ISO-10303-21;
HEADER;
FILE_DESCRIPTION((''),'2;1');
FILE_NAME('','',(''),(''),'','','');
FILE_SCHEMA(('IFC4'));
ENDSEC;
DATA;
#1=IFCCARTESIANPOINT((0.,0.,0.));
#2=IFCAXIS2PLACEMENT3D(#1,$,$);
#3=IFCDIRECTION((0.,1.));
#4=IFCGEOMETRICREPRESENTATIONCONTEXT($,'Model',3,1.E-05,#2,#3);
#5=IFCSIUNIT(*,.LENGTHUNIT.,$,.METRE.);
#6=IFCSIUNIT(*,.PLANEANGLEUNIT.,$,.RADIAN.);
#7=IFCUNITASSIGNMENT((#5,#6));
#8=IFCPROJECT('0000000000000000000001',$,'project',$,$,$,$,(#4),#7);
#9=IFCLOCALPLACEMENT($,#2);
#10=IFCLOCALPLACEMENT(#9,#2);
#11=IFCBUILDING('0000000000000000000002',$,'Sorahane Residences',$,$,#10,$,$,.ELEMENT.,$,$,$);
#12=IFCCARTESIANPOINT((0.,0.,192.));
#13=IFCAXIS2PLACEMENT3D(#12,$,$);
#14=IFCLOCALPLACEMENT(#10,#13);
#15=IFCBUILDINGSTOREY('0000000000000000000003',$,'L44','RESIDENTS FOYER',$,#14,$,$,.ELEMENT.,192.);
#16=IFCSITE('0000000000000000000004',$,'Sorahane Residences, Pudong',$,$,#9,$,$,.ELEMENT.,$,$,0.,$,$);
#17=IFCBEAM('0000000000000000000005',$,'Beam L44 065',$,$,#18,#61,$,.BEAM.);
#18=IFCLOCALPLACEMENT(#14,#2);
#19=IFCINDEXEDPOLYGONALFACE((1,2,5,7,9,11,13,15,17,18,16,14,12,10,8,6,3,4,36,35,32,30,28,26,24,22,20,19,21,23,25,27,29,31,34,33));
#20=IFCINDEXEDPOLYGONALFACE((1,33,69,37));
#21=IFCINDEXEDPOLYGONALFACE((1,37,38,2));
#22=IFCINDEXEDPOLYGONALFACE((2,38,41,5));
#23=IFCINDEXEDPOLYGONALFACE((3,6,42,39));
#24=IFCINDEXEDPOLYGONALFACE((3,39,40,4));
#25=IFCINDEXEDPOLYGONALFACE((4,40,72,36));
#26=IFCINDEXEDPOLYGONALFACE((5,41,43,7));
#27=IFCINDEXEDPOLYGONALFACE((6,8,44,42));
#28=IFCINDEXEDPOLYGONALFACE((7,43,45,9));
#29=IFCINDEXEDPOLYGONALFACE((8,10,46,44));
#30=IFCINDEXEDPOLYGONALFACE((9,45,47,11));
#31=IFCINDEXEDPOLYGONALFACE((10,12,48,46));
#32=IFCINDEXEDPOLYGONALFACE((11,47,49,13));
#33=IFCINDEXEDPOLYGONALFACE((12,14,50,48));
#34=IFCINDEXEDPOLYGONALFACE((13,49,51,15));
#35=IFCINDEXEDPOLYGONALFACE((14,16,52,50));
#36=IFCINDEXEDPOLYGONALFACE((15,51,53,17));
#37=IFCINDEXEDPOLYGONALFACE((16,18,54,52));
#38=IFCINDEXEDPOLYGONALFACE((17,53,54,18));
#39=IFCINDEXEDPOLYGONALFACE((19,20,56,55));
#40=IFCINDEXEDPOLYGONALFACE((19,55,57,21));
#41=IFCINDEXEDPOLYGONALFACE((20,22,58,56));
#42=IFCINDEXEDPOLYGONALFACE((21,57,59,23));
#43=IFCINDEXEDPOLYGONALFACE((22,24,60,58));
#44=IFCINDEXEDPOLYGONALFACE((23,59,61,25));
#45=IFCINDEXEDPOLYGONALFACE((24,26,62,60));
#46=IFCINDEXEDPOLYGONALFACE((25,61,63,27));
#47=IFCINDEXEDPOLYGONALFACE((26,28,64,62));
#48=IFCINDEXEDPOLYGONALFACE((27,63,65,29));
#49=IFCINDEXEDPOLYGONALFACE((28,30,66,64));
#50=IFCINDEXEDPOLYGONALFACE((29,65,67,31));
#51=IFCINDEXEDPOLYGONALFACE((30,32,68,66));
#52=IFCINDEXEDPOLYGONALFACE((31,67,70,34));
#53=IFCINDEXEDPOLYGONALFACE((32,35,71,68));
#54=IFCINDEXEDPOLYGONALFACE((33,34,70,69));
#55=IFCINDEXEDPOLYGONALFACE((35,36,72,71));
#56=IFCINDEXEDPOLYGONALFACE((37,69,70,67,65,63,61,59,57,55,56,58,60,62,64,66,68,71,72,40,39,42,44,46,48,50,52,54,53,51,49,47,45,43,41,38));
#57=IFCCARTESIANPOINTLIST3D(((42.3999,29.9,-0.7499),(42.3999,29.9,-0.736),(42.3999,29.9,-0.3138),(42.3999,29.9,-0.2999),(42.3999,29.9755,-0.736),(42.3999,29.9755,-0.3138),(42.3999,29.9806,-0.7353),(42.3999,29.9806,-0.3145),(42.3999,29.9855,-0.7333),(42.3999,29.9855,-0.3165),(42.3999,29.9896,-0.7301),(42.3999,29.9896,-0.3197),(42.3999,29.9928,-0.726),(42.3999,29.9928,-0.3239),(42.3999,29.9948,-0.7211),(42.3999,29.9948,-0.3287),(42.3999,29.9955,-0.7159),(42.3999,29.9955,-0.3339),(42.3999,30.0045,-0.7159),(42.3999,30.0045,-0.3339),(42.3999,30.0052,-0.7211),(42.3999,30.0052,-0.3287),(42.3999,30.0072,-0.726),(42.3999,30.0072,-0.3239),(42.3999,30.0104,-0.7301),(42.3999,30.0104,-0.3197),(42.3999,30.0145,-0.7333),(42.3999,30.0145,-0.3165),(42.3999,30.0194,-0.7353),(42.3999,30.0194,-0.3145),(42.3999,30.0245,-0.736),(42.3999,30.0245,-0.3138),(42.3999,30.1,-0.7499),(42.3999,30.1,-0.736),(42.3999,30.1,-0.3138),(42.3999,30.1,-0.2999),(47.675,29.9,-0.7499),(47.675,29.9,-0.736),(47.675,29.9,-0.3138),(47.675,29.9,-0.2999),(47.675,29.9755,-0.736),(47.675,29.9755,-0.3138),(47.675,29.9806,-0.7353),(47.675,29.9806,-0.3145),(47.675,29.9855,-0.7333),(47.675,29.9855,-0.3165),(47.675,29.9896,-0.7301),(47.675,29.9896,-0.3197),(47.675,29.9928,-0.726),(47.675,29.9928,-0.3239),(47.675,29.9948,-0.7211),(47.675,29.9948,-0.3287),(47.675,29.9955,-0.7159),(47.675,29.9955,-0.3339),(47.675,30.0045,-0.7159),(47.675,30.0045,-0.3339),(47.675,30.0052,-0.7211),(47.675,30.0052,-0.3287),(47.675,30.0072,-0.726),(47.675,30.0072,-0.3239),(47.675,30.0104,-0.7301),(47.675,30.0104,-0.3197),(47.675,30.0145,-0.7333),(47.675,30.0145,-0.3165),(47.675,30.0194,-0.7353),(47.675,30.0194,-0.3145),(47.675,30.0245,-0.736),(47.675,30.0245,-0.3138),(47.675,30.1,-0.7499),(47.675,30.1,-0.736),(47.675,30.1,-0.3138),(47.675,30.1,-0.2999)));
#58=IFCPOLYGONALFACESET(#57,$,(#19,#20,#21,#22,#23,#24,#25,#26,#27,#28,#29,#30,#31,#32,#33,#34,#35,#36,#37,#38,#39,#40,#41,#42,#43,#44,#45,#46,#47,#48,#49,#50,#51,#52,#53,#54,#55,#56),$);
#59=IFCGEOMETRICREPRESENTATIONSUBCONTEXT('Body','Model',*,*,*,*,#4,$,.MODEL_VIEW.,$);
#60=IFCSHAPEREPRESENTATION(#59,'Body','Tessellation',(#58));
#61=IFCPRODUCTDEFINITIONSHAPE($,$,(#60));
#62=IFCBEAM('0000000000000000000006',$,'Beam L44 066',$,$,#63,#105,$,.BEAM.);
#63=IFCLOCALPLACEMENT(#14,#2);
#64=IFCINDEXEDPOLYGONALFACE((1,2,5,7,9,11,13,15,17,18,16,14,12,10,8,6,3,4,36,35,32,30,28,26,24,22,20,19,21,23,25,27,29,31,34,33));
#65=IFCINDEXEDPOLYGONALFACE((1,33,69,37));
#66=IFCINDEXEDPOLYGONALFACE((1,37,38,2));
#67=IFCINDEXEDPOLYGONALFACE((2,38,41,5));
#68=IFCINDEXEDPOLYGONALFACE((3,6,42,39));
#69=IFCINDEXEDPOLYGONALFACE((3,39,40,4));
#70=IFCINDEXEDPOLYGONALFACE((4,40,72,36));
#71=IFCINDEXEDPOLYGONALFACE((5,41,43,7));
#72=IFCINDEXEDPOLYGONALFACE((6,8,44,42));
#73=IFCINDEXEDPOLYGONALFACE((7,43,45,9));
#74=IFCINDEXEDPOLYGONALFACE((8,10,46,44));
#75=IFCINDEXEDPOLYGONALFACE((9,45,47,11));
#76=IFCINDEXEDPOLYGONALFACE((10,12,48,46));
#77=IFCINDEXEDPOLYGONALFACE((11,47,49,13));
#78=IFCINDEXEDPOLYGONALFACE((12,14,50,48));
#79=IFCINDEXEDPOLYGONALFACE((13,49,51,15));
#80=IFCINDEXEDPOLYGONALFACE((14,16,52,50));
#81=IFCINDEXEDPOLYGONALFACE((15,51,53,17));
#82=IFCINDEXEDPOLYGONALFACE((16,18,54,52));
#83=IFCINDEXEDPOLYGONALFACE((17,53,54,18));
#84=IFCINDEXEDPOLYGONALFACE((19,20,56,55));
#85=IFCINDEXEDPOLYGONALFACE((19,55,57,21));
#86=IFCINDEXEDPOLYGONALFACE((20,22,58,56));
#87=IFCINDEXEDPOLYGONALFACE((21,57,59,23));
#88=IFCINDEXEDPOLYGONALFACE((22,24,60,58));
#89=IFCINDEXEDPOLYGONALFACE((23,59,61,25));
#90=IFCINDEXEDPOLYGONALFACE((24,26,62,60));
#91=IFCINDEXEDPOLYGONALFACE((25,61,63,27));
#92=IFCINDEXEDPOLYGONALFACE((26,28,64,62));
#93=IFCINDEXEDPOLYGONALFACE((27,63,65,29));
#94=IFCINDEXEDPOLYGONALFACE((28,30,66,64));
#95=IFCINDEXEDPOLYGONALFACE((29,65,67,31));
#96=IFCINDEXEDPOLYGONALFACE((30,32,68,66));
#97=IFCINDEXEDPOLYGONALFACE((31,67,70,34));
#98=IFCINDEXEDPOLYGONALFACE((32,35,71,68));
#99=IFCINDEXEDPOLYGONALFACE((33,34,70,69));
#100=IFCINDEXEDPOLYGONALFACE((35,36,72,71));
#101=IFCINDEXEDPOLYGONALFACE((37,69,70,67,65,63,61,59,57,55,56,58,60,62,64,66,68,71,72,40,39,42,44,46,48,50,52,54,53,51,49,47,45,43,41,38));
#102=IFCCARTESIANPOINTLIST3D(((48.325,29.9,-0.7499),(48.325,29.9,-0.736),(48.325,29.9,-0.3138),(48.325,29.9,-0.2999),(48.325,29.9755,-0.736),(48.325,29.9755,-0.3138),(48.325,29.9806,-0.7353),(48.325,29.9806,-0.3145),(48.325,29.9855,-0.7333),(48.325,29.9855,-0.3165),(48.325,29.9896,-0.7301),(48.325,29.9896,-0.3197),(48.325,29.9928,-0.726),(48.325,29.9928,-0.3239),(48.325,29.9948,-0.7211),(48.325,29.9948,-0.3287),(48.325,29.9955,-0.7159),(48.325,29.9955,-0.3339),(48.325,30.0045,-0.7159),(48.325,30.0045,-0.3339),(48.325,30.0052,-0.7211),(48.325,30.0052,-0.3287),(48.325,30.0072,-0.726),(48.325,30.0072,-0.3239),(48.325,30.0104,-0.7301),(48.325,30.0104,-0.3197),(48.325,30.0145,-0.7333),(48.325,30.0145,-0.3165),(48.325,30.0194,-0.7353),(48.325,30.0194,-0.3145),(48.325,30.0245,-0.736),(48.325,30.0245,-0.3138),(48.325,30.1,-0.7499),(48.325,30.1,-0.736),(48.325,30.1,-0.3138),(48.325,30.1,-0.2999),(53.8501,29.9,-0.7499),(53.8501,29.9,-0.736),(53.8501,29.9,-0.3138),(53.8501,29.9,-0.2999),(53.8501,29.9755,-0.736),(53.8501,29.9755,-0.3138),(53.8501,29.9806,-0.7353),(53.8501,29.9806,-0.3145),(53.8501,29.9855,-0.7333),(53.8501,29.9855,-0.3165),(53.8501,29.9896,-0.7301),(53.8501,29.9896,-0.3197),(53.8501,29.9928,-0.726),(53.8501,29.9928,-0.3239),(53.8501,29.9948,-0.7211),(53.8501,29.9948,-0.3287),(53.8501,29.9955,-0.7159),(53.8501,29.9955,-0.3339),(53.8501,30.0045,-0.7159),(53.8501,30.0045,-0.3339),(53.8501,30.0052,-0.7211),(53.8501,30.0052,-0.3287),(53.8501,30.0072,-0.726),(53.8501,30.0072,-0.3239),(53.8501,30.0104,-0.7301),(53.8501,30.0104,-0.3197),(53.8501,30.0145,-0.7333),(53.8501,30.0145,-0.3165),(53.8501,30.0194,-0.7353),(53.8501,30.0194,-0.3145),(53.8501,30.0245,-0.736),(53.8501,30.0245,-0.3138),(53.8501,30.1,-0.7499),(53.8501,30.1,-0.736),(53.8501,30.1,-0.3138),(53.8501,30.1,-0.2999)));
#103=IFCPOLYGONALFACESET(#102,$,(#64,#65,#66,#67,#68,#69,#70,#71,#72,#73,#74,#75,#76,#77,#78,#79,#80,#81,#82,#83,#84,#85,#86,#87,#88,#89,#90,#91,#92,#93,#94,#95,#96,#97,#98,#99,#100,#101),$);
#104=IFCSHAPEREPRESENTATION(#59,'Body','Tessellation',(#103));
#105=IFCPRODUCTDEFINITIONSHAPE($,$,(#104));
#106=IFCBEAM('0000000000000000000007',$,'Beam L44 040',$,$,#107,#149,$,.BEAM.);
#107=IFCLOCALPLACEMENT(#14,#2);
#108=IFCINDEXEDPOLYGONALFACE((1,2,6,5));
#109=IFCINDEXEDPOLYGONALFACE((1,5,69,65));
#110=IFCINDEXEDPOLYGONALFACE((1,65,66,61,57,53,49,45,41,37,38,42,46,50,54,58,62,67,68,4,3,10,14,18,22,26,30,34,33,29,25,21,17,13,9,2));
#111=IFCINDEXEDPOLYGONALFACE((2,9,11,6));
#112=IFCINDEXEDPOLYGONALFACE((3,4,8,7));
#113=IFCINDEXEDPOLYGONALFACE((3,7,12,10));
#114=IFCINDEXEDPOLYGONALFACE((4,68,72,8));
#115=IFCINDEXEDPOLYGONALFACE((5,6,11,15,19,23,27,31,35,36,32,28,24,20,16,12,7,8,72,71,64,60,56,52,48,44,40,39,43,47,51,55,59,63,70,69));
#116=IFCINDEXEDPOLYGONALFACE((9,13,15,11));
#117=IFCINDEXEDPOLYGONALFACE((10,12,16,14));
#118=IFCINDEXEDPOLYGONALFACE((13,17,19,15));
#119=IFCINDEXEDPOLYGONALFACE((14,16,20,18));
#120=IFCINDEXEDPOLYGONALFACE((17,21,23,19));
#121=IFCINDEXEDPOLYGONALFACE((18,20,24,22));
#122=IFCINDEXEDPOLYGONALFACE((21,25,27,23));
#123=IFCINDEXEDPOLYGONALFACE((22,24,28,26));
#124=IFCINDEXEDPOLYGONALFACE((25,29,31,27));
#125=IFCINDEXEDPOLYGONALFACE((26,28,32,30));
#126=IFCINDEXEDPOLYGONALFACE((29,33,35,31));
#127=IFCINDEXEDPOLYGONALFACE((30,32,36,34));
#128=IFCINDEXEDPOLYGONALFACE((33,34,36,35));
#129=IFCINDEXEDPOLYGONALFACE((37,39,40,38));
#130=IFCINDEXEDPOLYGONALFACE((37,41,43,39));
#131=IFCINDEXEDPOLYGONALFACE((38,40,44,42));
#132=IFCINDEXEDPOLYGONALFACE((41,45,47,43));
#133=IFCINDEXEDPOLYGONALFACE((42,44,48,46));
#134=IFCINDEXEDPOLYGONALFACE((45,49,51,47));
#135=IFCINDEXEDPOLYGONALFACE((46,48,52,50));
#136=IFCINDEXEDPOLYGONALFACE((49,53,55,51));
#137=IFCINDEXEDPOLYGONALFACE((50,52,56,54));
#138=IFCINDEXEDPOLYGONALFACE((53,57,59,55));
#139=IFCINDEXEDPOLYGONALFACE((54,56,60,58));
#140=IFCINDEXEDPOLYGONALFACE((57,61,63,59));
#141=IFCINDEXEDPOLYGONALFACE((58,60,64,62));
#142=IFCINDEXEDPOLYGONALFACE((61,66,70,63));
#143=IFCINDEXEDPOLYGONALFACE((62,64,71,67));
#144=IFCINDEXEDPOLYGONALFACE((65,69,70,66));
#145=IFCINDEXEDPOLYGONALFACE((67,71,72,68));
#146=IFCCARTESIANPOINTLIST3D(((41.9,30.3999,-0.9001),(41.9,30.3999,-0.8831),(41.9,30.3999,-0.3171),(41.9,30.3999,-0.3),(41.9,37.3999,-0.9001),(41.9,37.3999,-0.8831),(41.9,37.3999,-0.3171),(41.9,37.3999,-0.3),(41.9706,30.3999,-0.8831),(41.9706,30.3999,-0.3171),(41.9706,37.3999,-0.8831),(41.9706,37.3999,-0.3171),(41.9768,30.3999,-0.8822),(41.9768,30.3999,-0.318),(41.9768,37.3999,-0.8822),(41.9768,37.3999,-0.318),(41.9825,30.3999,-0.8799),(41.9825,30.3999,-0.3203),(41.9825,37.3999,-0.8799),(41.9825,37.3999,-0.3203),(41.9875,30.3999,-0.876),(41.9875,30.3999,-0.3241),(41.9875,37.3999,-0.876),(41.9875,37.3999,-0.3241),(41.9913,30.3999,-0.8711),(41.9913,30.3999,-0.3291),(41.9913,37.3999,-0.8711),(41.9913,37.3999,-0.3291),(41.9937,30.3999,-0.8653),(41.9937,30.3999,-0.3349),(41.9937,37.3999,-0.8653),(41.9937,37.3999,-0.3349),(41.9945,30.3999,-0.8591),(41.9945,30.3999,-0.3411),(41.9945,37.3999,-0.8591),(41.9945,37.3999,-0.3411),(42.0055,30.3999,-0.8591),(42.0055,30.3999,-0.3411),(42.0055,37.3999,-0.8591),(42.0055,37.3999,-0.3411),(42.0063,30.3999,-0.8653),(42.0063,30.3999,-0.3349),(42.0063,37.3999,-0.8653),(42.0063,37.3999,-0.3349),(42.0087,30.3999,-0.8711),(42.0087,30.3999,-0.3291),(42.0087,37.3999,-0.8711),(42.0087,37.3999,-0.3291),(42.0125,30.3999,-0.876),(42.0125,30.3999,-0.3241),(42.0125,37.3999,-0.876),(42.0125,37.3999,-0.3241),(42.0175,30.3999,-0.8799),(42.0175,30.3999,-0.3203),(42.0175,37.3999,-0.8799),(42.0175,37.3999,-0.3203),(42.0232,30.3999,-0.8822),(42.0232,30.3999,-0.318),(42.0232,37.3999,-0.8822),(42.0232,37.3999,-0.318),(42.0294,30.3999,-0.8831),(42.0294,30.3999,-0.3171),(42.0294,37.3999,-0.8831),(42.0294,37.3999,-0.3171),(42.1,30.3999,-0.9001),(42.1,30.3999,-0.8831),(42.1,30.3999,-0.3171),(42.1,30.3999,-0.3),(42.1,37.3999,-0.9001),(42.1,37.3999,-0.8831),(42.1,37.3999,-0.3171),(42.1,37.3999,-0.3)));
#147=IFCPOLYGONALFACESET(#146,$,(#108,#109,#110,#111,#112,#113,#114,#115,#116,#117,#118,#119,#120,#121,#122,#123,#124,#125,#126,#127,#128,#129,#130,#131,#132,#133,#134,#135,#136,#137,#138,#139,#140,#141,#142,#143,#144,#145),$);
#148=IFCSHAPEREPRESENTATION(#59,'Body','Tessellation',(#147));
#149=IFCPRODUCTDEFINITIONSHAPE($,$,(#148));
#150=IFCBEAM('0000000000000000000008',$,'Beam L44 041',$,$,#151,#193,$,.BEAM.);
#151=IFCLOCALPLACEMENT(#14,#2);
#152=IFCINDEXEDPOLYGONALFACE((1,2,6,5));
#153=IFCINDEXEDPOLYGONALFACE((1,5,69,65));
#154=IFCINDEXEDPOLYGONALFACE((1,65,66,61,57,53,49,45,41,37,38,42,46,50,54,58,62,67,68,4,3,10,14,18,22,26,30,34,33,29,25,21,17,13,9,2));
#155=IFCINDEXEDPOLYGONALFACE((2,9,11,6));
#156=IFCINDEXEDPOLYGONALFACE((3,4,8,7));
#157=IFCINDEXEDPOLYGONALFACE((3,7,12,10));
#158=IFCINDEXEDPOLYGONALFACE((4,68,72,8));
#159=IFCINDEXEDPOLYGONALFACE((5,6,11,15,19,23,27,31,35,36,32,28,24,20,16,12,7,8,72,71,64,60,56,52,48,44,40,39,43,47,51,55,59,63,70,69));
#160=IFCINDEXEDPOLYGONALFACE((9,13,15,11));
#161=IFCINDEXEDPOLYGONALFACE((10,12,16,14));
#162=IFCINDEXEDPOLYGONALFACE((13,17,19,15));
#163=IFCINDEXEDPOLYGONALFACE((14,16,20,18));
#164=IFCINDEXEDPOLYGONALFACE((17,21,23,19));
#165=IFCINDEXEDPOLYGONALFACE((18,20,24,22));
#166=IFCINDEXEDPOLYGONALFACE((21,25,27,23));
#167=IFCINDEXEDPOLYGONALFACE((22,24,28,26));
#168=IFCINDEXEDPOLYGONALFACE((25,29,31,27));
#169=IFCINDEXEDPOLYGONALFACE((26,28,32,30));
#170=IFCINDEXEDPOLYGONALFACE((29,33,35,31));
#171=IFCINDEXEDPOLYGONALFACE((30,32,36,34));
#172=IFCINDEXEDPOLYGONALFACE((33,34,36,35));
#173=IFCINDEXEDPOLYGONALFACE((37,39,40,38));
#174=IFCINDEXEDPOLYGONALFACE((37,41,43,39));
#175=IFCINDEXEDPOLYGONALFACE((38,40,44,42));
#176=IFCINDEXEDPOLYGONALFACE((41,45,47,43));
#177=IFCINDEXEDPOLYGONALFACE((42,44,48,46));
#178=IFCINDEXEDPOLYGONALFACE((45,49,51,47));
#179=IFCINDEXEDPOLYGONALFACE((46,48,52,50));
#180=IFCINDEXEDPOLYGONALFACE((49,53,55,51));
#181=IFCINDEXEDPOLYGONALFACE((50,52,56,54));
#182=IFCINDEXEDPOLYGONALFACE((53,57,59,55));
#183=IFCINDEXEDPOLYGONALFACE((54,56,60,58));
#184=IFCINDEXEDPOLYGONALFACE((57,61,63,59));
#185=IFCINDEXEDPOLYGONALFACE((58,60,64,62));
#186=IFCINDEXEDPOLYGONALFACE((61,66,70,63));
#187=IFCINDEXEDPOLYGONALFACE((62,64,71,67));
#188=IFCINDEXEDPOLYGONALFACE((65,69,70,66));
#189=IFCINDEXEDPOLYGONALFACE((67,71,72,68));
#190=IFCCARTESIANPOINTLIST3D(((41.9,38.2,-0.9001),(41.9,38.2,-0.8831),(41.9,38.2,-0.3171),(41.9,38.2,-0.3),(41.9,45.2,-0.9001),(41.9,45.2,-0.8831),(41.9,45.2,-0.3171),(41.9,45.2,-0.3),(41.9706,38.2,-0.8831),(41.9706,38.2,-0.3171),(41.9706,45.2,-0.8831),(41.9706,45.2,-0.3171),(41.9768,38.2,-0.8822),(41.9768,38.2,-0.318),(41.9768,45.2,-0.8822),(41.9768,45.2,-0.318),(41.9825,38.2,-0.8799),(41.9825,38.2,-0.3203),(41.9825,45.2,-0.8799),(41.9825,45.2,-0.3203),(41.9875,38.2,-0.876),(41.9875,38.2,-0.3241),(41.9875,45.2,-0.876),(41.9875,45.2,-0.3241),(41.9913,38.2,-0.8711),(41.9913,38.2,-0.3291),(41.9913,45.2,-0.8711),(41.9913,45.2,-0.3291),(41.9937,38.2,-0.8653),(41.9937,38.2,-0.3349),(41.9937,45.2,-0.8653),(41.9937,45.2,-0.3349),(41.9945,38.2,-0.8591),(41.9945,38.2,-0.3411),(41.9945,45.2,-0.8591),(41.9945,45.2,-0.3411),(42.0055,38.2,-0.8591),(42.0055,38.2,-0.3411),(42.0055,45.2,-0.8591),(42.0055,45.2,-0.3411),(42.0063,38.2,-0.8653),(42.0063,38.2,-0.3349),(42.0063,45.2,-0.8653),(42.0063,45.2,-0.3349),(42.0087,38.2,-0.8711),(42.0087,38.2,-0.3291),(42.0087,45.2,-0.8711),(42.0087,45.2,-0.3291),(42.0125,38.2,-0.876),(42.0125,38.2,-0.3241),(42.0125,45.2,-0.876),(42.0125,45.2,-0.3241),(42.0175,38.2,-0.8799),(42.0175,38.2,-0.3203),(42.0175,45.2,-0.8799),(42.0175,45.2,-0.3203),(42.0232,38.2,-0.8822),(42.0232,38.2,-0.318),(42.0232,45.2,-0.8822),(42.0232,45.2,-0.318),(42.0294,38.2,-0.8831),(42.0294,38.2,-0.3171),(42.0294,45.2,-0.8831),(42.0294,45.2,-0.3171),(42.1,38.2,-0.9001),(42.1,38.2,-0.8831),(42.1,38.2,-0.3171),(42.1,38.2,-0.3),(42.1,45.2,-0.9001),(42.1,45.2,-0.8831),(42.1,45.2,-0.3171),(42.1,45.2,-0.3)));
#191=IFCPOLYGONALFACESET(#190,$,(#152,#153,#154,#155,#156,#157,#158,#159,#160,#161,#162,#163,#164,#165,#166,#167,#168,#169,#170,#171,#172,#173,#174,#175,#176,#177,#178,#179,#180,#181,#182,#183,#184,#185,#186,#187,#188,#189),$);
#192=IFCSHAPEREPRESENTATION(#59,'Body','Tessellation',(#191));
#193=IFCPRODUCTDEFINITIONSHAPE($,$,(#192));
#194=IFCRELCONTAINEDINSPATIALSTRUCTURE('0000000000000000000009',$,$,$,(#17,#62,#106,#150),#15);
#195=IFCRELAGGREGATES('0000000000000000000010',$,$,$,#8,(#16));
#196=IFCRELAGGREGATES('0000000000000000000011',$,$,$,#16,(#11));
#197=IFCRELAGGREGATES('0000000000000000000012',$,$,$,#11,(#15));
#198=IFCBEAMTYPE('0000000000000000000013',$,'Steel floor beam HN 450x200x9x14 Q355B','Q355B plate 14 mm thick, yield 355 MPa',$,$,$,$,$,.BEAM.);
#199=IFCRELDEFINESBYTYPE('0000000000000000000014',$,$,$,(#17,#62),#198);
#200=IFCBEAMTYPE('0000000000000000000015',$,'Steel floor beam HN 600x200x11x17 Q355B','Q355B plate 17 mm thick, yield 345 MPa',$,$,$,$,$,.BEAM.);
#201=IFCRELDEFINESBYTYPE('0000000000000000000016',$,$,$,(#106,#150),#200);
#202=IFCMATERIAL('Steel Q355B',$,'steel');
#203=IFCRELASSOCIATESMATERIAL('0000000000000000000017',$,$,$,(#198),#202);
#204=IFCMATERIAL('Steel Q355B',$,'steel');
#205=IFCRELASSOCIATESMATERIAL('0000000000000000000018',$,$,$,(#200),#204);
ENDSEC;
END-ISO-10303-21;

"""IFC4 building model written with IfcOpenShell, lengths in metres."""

from ifc_helpers import new_model, si_unit, direction, frame, origin, origin_2d, place, context, subcontext, project, spatial, i_section, extrude, material, material_profile, profile_set, type_object, element, save


model = new_model("IFC4")

# Units and contexts
model_context = context("Model", 3, precision=1e-05, world=origin(), true_north=direction((0.0, 1.0)))
body_context = subcontext(model_context, "Body", "Model", "MODEL_VIEW")
ifc_project = project(units=[si_unit("LENGTHUNIT", "METRE"), si_unit("PLANEANGLEUNIT", "RADIAN")], contexts=[model_context])

# Site, building, storey
site_placement = place(None, origin())
site = spatial("IfcSite", under=ifc_project, at=site_placement, Name="Sorahane Residences, Pudong", CompositionType="ELEMENT", RefElevation=0.0)
building_placement = place(site_placement, origin())
building = spatial("IfcBuilding", under=site, at=building_placement, Name="Sorahane Residences", CompositionType="ELEMENT")
storey_placement = place(building_placement, frame((0.0, 0.0, 192.0)))
storey = spatial("IfcBuildingStorey", under=building, at=storey_placement, Name="L44", Description="RESIDENTS FOYER", CompositionType="ELEMENT", Elevation=192.0)

# Beams
ifc_material_1 = material(Name="Steel Q355B", Category="steel")
ifc_material_profile_1 = material_profile(ifc_material_1, i_section(OverallWidth=0.2, OverallDepth=0.45, WebThickness=0.009, FlangeThickness=0.0139, FilletRadius=0.02, at=origin_2d()), Name="HN 450x200x9x14")
ifc_profile_set_1 = profile_set([ifc_material_profile_1], Name="Steel Q355B")
beam_type_1 = type_object("IfcBeamType", Name="Steel floor beam HN 450x200x9x14 Q355B", Description="Q355B plate 14 mm thick, yield 355 MPa", PredefinedType="BEAM", material=ifc_profile_set_1)
beam_1_placement = place(storey_placement, frame((42.3999, 30.0, -0.5249), z_axis=(1.0, 0.0, 0.0), x_axis=(0.0, 1.0, 0.0)))
element("IfcBeam", 1, at=beam_1_placement, inside=storey, type_object=beam_type_1, Name="Beam L44 065", PredefinedType="BEAM", context=body_context, shape_type="SweptSolid", body=[
    extrude(i_section(OverallWidth=0.2, OverallDepth=0.45, WebThickness=0.009, FlangeThickness=0.0139, FilletRadius=0.02, at=origin_2d()), origin(), (0.0, 0.0, 1.0), 5.2751),
])
beam_2_placement = place(storey_placement, frame((48.325, 30.0, -0.5249), z_axis=(1.0, 0.0, 0.0), x_axis=(0.0, 1.0, 0.0)))
element("IfcBeam", 2, at=beam_2_placement, inside=storey, type_object=beam_type_1, Name="Beam L44 066", PredefinedType="BEAM", context=body_context, shape_type="SweptSolid", body=[
    extrude(i_section(OverallWidth=0.2, OverallDepth=0.45, WebThickness=0.009, FlangeThickness=0.0139, FilletRadius=0.02, at=origin_2d()), origin(), (0.0, 0.0, 1.0), 5.5251),
])
ifc_material_2 = material(Name="Steel Q355B", Category="steel")
ifc_material_profile_2 = material_profile(ifc_material_2, i_section(OverallWidth=0.2, OverallDepth=0.6001, WebThickness=0.011, FlangeThickness=0.0171, FilletRadius=0.0239, at=origin_2d()), Name="HN 600x200x11x17")
ifc_profile_set_2 = profile_set([ifc_material_profile_2], Name="Steel Q355B")
beam_type_2 = type_object("IfcBeamType", Name="Steel floor beam HN 600x200x11x17 Q355B", Description="Q355B plate 17 mm thick, yield 345 MPa", PredefinedType="BEAM", material=ifc_profile_set_2)
for number, where, z_axis, x_axis, name in (
    (3, (42.0, 30.3999, -0.6001), (0.0, 1.0, 0.0), (-1.0, 0.0, 0.0), "Beam L44 040"),
    (4, (42.0, 38.2, -0.6001), (0.0, 1.0, 0.0), (-1.0, 0.0, 0.0), "Beam L44 041"),
):
    element("IfcBeam", number, at=place(storey_placement, frame(where, z_axis=z_axis, x_axis=x_axis)), inside=storey, type_object=beam_type_2, Name=name, PredefinedType="BEAM", context=body_context, shape_type="SweptSolid", body=[
        extrude(i_section(OverallWidth=0.2, OverallDepth=0.6001, WebThickness=0.011, FlangeThickness=0.0171, FilletRadius=0.0239, at=origin_2d()), origin(), (0.0, 0.0, 1.0), 7.0),
    ])

save(model, "model.ifc")
